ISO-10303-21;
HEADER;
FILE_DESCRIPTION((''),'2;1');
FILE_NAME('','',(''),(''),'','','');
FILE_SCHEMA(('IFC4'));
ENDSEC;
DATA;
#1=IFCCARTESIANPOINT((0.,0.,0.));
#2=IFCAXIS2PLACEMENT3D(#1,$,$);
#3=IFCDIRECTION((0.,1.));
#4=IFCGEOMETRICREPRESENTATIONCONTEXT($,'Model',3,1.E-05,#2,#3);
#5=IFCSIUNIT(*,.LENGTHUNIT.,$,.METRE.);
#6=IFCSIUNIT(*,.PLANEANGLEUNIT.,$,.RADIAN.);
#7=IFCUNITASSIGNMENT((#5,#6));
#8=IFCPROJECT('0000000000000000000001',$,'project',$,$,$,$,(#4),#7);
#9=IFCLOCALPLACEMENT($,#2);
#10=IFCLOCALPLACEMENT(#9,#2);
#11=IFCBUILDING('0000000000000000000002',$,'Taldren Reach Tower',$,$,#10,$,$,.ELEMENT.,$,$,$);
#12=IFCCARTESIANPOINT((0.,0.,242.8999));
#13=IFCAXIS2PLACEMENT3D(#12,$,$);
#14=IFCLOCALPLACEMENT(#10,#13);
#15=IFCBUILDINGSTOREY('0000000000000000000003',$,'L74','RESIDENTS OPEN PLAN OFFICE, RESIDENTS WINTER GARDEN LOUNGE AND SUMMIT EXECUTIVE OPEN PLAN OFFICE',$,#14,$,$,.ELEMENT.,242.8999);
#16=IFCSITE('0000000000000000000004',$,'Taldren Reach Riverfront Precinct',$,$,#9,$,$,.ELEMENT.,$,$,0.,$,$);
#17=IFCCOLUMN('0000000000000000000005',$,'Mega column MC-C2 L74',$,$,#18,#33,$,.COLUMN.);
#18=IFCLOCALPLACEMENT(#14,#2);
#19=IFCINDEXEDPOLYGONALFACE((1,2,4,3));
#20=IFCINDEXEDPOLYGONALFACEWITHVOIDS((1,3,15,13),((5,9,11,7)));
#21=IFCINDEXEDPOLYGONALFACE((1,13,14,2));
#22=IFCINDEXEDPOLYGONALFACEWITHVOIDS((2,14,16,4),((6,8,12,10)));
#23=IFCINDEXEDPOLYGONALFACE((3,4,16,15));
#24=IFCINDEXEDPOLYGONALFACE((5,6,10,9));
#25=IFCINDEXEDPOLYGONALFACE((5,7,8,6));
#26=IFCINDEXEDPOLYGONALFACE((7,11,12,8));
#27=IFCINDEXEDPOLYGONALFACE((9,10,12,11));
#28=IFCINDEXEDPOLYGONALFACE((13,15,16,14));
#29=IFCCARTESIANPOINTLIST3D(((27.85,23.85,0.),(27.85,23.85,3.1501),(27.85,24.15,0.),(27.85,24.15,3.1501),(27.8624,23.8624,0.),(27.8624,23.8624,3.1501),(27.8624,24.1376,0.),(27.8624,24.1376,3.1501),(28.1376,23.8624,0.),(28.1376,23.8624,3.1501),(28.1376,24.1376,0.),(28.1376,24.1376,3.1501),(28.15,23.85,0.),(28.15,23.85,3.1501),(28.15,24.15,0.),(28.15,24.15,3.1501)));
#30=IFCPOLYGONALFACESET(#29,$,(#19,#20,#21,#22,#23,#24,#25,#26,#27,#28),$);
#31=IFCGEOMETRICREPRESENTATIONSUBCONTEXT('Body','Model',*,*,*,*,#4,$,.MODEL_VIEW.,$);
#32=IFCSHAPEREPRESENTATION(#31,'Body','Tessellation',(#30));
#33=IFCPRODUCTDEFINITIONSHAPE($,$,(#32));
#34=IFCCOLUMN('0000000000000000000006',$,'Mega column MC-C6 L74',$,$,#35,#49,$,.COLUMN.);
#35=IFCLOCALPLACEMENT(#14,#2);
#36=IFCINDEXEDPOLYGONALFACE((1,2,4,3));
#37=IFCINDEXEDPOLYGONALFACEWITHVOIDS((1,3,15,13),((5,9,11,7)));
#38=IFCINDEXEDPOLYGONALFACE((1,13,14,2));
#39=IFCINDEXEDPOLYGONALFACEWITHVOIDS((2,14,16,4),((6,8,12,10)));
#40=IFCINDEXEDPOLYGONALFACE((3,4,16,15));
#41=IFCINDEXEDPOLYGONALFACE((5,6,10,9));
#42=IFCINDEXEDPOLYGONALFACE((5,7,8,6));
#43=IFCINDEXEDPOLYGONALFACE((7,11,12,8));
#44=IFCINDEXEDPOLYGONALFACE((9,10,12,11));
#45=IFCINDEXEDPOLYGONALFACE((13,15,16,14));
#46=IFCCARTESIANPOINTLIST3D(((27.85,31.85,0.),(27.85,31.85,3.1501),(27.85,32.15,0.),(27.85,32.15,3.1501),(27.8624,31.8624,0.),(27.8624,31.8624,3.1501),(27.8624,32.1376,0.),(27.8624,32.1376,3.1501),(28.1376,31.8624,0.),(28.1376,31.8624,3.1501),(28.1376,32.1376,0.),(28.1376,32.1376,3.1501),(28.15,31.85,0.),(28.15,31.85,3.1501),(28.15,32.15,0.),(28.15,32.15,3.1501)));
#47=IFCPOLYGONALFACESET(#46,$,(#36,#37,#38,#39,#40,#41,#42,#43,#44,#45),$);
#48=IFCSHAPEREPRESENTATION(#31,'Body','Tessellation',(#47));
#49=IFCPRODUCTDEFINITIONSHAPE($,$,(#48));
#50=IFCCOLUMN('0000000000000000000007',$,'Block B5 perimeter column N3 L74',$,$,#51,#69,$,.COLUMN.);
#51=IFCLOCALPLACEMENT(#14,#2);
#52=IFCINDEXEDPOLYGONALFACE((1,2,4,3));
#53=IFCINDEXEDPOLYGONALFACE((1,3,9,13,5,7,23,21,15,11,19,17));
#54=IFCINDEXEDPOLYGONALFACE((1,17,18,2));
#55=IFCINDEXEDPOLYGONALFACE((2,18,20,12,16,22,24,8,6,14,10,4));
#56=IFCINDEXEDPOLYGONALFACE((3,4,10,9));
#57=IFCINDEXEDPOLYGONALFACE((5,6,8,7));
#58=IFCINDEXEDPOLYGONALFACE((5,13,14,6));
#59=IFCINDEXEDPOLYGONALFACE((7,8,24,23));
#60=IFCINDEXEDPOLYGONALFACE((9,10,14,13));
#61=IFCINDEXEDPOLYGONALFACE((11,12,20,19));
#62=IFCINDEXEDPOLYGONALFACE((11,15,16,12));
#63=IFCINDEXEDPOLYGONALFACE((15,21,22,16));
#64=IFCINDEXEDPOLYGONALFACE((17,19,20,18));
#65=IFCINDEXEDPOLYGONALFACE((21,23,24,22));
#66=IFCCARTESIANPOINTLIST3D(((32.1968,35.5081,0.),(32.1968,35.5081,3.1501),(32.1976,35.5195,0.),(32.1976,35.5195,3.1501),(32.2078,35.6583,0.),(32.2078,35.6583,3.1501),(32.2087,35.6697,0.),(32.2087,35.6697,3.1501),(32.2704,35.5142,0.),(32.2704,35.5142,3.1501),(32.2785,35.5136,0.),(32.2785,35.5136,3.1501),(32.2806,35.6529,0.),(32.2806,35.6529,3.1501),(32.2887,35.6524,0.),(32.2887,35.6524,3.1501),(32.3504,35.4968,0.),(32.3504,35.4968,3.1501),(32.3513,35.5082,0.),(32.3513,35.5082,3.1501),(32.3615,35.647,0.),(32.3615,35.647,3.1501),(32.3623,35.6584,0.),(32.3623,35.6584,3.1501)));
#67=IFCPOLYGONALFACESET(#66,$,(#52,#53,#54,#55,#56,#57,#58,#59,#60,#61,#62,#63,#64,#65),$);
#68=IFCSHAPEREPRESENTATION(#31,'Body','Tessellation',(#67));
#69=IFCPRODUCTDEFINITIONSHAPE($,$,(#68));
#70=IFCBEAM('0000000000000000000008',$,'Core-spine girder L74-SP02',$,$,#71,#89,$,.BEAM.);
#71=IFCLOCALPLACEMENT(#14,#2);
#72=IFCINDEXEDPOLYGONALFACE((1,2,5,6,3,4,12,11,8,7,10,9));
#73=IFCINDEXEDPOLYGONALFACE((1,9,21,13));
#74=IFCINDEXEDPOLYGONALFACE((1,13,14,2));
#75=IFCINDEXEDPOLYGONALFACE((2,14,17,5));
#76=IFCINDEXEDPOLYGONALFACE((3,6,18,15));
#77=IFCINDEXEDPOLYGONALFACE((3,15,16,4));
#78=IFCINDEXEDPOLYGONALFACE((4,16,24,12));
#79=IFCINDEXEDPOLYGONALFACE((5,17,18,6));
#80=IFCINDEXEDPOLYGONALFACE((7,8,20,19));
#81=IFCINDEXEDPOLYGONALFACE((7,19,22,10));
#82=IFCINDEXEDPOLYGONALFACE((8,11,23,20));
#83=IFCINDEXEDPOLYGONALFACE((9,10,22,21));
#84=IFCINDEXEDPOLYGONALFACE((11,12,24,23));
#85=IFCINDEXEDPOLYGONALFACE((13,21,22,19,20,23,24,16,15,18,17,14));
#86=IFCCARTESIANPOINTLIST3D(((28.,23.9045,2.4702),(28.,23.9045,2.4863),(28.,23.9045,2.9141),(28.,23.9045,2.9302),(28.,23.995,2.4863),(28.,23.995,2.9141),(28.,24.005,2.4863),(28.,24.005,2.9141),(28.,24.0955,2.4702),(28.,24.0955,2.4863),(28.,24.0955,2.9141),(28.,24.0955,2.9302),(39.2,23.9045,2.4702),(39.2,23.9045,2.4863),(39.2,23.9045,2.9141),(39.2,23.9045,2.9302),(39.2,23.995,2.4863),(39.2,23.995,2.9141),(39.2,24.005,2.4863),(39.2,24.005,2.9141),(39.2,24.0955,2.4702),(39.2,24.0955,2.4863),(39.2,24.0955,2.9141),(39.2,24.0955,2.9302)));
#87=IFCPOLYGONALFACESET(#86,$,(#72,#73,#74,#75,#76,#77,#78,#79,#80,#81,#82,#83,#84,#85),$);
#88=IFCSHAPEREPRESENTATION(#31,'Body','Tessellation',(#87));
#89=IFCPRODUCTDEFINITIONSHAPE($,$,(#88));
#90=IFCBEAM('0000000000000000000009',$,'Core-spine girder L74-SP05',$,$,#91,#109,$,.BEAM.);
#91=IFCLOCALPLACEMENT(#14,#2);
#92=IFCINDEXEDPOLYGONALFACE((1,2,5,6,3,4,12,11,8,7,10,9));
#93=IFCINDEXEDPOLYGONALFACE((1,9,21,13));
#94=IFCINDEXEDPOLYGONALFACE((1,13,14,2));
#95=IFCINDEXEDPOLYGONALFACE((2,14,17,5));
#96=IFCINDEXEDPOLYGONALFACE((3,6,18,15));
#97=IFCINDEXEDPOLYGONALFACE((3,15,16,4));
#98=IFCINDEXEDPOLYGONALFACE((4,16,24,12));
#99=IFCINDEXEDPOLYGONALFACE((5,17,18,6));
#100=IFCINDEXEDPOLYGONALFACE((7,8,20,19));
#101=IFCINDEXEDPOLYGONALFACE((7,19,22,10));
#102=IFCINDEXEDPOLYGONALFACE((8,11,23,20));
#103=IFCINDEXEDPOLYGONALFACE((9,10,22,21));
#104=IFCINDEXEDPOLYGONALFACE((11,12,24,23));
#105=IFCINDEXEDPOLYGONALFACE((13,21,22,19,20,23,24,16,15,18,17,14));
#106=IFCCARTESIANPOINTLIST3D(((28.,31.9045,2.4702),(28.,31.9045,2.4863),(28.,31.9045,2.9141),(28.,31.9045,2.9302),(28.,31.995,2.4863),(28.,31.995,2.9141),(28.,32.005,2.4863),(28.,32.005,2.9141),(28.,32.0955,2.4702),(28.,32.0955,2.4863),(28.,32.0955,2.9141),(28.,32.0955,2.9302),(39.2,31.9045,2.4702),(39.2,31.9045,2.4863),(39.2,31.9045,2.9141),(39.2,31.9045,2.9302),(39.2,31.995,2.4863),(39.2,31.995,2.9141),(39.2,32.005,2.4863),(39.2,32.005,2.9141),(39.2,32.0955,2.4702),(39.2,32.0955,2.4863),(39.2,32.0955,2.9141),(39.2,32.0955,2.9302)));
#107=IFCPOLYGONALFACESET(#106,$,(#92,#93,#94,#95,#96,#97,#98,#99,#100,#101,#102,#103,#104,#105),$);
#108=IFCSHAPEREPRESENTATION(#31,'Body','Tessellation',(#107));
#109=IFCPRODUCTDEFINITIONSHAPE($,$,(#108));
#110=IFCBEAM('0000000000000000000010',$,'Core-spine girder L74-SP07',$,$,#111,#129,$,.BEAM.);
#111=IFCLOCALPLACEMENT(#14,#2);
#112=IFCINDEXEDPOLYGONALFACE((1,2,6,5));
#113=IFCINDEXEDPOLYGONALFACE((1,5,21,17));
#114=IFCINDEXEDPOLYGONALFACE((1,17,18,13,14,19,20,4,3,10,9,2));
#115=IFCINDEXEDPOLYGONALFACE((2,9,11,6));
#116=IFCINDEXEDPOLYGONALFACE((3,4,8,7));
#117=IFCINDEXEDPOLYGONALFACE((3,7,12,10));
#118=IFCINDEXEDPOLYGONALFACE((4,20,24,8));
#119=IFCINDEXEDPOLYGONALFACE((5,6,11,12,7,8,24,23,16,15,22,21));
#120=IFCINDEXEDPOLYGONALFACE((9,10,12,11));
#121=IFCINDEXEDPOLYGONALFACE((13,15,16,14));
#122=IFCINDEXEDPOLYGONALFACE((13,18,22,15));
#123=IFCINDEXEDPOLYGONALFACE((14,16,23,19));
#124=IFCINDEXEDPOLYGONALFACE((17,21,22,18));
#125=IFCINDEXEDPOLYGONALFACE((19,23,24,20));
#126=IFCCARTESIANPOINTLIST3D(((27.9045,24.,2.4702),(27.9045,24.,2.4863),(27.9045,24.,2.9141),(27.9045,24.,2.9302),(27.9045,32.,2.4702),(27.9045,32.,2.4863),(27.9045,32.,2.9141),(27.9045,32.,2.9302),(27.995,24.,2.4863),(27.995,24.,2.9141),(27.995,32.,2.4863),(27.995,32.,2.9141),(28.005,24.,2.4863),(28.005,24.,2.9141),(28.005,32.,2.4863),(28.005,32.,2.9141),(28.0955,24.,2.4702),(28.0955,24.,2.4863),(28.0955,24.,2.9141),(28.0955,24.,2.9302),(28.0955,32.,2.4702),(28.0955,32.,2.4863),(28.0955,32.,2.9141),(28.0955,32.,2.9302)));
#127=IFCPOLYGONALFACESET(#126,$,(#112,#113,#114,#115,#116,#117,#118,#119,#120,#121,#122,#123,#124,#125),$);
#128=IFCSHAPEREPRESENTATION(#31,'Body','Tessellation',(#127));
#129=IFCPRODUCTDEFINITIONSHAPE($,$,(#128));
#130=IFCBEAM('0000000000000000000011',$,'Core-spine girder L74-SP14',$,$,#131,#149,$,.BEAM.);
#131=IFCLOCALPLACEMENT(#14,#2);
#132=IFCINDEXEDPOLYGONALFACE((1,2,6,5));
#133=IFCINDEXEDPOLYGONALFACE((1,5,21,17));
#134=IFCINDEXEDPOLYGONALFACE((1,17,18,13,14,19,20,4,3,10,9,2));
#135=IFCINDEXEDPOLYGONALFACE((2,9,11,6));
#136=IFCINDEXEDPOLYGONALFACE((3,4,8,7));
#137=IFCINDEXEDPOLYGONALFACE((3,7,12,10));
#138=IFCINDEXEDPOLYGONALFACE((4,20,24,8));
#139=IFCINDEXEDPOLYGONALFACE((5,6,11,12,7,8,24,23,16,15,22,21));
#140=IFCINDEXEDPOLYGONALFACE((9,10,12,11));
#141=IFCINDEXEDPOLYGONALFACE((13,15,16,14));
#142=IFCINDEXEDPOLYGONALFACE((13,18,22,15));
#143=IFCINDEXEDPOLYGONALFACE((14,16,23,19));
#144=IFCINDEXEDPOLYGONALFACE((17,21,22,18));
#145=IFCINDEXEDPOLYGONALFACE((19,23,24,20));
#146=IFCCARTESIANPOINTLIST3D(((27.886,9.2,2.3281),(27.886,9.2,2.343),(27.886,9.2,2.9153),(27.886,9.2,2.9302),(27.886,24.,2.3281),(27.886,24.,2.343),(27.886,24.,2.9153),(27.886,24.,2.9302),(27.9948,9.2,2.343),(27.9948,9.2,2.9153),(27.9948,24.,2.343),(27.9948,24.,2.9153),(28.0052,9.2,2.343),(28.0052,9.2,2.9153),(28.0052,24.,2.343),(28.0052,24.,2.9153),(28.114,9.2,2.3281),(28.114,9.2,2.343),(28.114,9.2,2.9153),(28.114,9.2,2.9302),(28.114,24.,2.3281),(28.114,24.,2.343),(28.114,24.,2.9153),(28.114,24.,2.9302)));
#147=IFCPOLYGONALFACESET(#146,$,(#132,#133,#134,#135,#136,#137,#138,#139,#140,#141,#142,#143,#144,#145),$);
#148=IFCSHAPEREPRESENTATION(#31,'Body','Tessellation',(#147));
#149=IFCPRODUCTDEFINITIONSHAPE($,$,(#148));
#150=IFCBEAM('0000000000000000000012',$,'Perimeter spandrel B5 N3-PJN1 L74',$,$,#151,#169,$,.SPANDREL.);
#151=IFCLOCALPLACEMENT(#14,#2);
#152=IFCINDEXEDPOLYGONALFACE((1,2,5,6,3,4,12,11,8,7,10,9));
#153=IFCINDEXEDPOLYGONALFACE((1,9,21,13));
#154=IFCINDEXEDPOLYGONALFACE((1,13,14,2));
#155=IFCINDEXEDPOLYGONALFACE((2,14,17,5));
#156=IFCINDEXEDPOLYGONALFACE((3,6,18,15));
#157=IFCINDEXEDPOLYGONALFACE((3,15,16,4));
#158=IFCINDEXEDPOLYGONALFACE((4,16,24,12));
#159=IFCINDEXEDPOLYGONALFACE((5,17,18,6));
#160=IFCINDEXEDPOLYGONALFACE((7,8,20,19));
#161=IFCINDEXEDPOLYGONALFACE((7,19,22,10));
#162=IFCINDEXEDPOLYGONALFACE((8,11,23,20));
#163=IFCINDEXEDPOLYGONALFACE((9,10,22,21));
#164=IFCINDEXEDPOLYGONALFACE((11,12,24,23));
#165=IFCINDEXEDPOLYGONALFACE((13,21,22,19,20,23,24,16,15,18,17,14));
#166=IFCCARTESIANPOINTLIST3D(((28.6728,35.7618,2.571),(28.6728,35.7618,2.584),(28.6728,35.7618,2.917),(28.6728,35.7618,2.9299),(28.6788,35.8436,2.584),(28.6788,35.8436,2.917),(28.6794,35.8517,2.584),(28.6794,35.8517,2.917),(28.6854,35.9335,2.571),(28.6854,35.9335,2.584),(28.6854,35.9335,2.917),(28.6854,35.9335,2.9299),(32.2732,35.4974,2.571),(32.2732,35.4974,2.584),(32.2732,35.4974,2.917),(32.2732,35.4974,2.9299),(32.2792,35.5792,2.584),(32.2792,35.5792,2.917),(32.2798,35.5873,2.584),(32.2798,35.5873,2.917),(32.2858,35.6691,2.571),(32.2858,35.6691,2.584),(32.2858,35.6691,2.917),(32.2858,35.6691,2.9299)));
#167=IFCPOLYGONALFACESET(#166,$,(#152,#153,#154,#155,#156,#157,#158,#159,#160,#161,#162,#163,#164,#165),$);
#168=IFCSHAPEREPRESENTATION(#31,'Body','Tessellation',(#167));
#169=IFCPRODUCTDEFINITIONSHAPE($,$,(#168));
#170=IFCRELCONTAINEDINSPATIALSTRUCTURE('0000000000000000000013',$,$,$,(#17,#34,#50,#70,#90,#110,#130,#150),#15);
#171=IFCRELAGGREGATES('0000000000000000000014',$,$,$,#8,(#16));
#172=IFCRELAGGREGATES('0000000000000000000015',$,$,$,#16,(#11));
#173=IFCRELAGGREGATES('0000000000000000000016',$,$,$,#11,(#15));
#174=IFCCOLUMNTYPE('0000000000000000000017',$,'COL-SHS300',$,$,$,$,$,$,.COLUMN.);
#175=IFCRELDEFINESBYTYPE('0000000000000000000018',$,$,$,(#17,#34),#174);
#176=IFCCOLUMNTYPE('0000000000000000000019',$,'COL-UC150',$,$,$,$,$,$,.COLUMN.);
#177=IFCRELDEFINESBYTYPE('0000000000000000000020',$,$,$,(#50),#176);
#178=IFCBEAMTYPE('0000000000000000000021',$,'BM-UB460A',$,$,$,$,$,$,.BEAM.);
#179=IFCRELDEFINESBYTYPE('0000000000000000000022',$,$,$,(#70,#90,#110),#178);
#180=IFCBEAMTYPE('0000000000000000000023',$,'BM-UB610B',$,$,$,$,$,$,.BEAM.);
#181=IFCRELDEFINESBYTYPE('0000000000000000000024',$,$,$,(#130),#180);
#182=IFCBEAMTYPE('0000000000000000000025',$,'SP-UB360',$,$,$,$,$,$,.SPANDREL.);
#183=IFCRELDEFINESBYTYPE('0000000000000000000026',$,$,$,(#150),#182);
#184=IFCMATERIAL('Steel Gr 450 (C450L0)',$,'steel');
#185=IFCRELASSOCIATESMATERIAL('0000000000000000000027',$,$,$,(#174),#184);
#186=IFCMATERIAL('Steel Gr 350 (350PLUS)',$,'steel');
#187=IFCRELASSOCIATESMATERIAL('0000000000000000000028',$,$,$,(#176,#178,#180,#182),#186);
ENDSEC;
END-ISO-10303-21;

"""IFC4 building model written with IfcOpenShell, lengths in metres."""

from ifc_helpers import new_model, si_unit, direction, frame, origin, origin_2d, place, context, subcontext, project, spatial, hollow_rectangle, i_section, extrude, source, transform, mapped, material, material_profile, profile_set, type_object, element, save


model = new_model("IFC4")

# Units and contexts
model_context = context("Model", 3, precision=1e-05, world=origin(), true_north=direction((0.0, 1.0)))
body_context = subcontext(model_context, "Body", "Model", "MODEL_VIEW")
ifc_project = project(units=[si_unit("LENGTHUNIT", "METRE"), si_unit("PLANEANGLEUNIT", "RADIAN")], contexts=[model_context])

# Site, building, storey
site_placement = place(None, origin())
site = spatial("IfcSite", under=ifc_project, at=site_placement, Name="Taldren Reach Riverfront Precinct", CompositionType="ELEMENT", RefElevation=0.0)
building_placement = place(site_placement, origin())
building = spatial("IfcBuilding", under=site, at=building_placement, Name="Taldren Reach Tower", CompositionType="ELEMENT")
storey_placement = place(building_placement, frame((0.0, 0.0, 242.8999)))
storey = spatial("IfcBuildingStorey", under=building, at=storey_placement, Name="L74", Description="RESIDENTS OPEN PLAN OFFICE, RESIDENTS WINTER GARDEN LOUNGE AND SUMMIT EXECUTIVE OPEN PLAN OFFICE", CompositionType="ELEMENT", Elevation=242.8999)

# Columns
ifc_material_1 = material(Name="Steel Gr 450 (C450L0)", Category="steel")
ifc_material_profile_1 = material_profile(ifc_material_1, hollow_rectangle(XDim=0.3, YDim=0.3, WallThickness=0.0125, at=origin_2d()), Name="300x300x12.5SHS")
ifc_profile_set_1 = profile_set([ifc_material_profile_1], Name="Steel Gr 450 (C450L0)")
column_type_1 = type_object("IfcColumnType", Name="COL-SHS300", PredefinedType="COLUMN", material=ifc_profile_set_1)
shared_shape_1 = source(origin(), body_context, "Body", "SweptSolid", [
    extrude(hollow_rectangle(XDim=0.3, YDim=0.3, WallThickness=0.0125, at=origin_2d()), origin(), (0.0, 0.0, 1.0), 3.1501),
])
for number, where, z_axis, x_axis, name in (
    (1, (28.0, 24.0, 0.0), (0.0, 0.0, 1.0), (1.0, 0.0, 0.0), "Mega column MC-C2 L74"),
    (2, (28.0, 32.0, 0.0), (0.0, 0.0, 1.0), (1.0, 0.0, 0.0), "Mega column MC-C6 L74"),
):
    element("IfcColumn", number, at=place(storey_placement, frame(where, z_axis=z_axis, x_axis=x_axis)), inside=storey, type_object=column_type_1, Name=name, PredefinedType="COLUMN", context=body_context, shape_type="MappedRepresentation", body=[
        mapped(shared_shape_1, transform((0.0, 0.0, 0.0), scale=1.0)),
    ])
ifc_material_2 = material(Name="Steel Gr 350 (350PLUS)", Category="steel")
ifc_material_profile_2 = material_profile(ifc_material_2, i_section(OverallWidth=0.1541, OverallDepth=0.1621, WebThickness=0.0081, FlangeThickness=0.0115, at=origin_2d()), Name="150UC37.2")
ifc_profile_set_2 = profile_set([ifc_material_profile_2], Name="Steel Gr 350 (350PLUS)")
column_type_2 = type_object("IfcColumnType", Name="COL-UC150", PredefinedType="COLUMN", material=ifc_profile_set_2)
shared_shape_2 = source(origin(), body_context, "Body", "SweptSolid", [
    extrude(i_section(OverallWidth=0.1541, OverallDepth=0.1621, WebThickness=0.0081, FlangeThickness=0.0115, at=origin_2d()), origin(), (0.0, 0.0, 1.0), 3.1501),
])
column_placement = place(storey_placement, frame((32.2795, 35.5833, 0.0), z_axis=(0.0, 0.0, 1.0), x_axis=(0.997314, -0.073238, 0.0)))
element("IfcColumn", 3, at=column_placement, inside=storey, type_object=column_type_2, Name="Block B5 perimeter column N3 L74", PredefinedType="COLUMN", context=body_context, shape_type="MappedRepresentation", body=[
    mapped(shared_shape_2, transform((0.0, 0.0, 0.0), scale=1.0)),
])

# Beams
ifc_material_profile_3 = material_profile(ifc_material_2, i_section(OverallWidth=0.1909, OverallDepth=0.46, WebThickness=0.01, FlangeThickness=0.0161, at=origin_2d()), Name="460UB82.1")
ifc_profile_set_3 = profile_set([ifc_material_profile_3], Name="Steel Gr 350 (350PLUS)")
beam_type_1 = type_object("IfcBeamType", Name="BM-UB460A", PredefinedType="BEAM", material=ifc_profile_set_3)
shared_shape_3 = source(origin(), body_context, "Body", "SweptSolid", [
    extrude(i_section(OverallWidth=0.1909, OverallDepth=0.46, WebThickness=0.01, FlangeThickness=0.0161, at=origin_2d()), origin(), (0.0, 0.0, 1.0), 11.2),
])
for number, where, z_axis, x_axis, name in (
    (4, (28.0, 24.0, 2.7002), (1.0, 0.0, 0.0), (0.0, 1.0, 0.0), "Core-spine girder L74-SP02"),
    (5, (28.0, 32.0, 2.7002), (1.0, 0.0, 0.0), (0.0, 1.0, 0.0), "Core-spine girder L74-SP05"),
):
    element("IfcBeam", number, at=place(storey_placement, frame(where, z_axis=z_axis, x_axis=x_axis)), inside=storey, type_object=beam_type_1, Name=name, PredefinedType="BEAM", context=body_context, shape_type="MappedRepresentation", body=[
        mapped(shared_shape_3, transform((0.0, 0.0, 0.0), scale=1.0)),
    ])
shared_shape_4 = source(origin(), body_context, "Body", "SweptSolid", [
    extrude(i_section(OverallWidth=0.1909, OverallDepth=0.46, WebThickness=0.01, FlangeThickness=0.0161, at=origin_2d()), origin(), (0.0, 0.0, 1.0), 8.0),
])
beam_1_placement = place(storey_placement, frame((28.0, 24.0, 2.7002), z_axis=(0.0, 1.0, 0.0), x_axis=(-1.0, 0.0, 0.0)))
element("IfcBeam", 6, at=beam_1_placement, inside=storey, type_object=beam_type_1, Name="Core-spine girder L74-SP07", PredefinedType="BEAM", context=body_context, shape_type="MappedRepresentation", body=[
    mapped(shared_shape_4, transform((0.0, 0.0, 0.0), scale=1.0)),
])
ifc_material_profile_4 = material_profile(ifc_material_2, i_section(OverallWidth=0.228, OverallDepth=0.6021, WebThickness=0.0105, FlangeThickness=0.0149, at=origin_2d()), Name="610UB101")
ifc_profile_set_4 = profile_set([ifc_material_profile_4], Name="Steel Gr 350 (350PLUS)")
beam_type_2 = type_object("IfcBeamType", Name="BM-UB610B", PredefinedType="BEAM", material=ifc_profile_set_4)
shared_shape_5 = source(origin(), body_context, "Body", "SweptSolid", [
    extrude(i_section(OverallWidth=0.228, OverallDepth=0.6021, WebThickness=0.0105, FlangeThickness=0.0149, at=origin_2d()), origin(), (0.0, 0.0, 1.0), 14.8),
])
beam_2_placement = place(storey_placement, frame((28.0, 24.0, 2.6292), z_axis=(0.0, -1.0, 0.0), x_axis=(1.0, 0.0, 0.0)))
element("IfcBeam", 7, at=beam_2_placement, inside=storey, type_object=beam_type_2, Name="Core-spine girder L74-SP14", PredefinedType="BEAM", context=body_context, shape_type="MappedRepresentation", body=[
    mapped(shared_shape_5, transform((0.0, 0.0, 0.0), scale=1.0)),
])
ifc_material_profile_5 = material_profile(ifc_material_2, i_section(OverallWidth=0.1721, OverallDepth=0.3589, WebThickness=0.0081, FlangeThickness=0.0129, at=origin_2d()), Name="360UB56.7")
ifc_profile_set_5 = profile_set([ifc_material_profile_5], Name="Steel Gr 350 (350PLUS)")
beam_type_3 = type_object("IfcBeamType", Name="SP-UB360", PredefinedType="SPANDREL", material=ifc_profile_set_5)
shared_shape_6 = source(origin(), body_context, "Body", "SweptSolid", [
    extrude(i_section(OverallWidth=0.1721, OverallDepth=0.3589, WebThickness=0.0081, FlangeThickness=0.0129, at=origin_2d()), origin(), (0.0, 0.0, 1.0), 3.6101),
])
beam_3_placement = place(storey_placement, frame((32.2795, 35.5833, 2.7505), z_axis=(-0.997314, 0.073241, 0.0), x_axis=(-0.073241, -0.997314, 0.0)))
element("IfcBeam", 8, at=beam_3_placement, inside=storey, type_object=beam_type_3, Name="Perimeter spandrel B5 N3-PJN1 L74", PredefinedType="SPANDREL", context=body_context, shape_type="MappedRepresentation", body=[
    mapped(shared_shape_6, transform((0.0, 0.0, 0.0), scale=1.0)),
])

save(model, "model.ifc")
